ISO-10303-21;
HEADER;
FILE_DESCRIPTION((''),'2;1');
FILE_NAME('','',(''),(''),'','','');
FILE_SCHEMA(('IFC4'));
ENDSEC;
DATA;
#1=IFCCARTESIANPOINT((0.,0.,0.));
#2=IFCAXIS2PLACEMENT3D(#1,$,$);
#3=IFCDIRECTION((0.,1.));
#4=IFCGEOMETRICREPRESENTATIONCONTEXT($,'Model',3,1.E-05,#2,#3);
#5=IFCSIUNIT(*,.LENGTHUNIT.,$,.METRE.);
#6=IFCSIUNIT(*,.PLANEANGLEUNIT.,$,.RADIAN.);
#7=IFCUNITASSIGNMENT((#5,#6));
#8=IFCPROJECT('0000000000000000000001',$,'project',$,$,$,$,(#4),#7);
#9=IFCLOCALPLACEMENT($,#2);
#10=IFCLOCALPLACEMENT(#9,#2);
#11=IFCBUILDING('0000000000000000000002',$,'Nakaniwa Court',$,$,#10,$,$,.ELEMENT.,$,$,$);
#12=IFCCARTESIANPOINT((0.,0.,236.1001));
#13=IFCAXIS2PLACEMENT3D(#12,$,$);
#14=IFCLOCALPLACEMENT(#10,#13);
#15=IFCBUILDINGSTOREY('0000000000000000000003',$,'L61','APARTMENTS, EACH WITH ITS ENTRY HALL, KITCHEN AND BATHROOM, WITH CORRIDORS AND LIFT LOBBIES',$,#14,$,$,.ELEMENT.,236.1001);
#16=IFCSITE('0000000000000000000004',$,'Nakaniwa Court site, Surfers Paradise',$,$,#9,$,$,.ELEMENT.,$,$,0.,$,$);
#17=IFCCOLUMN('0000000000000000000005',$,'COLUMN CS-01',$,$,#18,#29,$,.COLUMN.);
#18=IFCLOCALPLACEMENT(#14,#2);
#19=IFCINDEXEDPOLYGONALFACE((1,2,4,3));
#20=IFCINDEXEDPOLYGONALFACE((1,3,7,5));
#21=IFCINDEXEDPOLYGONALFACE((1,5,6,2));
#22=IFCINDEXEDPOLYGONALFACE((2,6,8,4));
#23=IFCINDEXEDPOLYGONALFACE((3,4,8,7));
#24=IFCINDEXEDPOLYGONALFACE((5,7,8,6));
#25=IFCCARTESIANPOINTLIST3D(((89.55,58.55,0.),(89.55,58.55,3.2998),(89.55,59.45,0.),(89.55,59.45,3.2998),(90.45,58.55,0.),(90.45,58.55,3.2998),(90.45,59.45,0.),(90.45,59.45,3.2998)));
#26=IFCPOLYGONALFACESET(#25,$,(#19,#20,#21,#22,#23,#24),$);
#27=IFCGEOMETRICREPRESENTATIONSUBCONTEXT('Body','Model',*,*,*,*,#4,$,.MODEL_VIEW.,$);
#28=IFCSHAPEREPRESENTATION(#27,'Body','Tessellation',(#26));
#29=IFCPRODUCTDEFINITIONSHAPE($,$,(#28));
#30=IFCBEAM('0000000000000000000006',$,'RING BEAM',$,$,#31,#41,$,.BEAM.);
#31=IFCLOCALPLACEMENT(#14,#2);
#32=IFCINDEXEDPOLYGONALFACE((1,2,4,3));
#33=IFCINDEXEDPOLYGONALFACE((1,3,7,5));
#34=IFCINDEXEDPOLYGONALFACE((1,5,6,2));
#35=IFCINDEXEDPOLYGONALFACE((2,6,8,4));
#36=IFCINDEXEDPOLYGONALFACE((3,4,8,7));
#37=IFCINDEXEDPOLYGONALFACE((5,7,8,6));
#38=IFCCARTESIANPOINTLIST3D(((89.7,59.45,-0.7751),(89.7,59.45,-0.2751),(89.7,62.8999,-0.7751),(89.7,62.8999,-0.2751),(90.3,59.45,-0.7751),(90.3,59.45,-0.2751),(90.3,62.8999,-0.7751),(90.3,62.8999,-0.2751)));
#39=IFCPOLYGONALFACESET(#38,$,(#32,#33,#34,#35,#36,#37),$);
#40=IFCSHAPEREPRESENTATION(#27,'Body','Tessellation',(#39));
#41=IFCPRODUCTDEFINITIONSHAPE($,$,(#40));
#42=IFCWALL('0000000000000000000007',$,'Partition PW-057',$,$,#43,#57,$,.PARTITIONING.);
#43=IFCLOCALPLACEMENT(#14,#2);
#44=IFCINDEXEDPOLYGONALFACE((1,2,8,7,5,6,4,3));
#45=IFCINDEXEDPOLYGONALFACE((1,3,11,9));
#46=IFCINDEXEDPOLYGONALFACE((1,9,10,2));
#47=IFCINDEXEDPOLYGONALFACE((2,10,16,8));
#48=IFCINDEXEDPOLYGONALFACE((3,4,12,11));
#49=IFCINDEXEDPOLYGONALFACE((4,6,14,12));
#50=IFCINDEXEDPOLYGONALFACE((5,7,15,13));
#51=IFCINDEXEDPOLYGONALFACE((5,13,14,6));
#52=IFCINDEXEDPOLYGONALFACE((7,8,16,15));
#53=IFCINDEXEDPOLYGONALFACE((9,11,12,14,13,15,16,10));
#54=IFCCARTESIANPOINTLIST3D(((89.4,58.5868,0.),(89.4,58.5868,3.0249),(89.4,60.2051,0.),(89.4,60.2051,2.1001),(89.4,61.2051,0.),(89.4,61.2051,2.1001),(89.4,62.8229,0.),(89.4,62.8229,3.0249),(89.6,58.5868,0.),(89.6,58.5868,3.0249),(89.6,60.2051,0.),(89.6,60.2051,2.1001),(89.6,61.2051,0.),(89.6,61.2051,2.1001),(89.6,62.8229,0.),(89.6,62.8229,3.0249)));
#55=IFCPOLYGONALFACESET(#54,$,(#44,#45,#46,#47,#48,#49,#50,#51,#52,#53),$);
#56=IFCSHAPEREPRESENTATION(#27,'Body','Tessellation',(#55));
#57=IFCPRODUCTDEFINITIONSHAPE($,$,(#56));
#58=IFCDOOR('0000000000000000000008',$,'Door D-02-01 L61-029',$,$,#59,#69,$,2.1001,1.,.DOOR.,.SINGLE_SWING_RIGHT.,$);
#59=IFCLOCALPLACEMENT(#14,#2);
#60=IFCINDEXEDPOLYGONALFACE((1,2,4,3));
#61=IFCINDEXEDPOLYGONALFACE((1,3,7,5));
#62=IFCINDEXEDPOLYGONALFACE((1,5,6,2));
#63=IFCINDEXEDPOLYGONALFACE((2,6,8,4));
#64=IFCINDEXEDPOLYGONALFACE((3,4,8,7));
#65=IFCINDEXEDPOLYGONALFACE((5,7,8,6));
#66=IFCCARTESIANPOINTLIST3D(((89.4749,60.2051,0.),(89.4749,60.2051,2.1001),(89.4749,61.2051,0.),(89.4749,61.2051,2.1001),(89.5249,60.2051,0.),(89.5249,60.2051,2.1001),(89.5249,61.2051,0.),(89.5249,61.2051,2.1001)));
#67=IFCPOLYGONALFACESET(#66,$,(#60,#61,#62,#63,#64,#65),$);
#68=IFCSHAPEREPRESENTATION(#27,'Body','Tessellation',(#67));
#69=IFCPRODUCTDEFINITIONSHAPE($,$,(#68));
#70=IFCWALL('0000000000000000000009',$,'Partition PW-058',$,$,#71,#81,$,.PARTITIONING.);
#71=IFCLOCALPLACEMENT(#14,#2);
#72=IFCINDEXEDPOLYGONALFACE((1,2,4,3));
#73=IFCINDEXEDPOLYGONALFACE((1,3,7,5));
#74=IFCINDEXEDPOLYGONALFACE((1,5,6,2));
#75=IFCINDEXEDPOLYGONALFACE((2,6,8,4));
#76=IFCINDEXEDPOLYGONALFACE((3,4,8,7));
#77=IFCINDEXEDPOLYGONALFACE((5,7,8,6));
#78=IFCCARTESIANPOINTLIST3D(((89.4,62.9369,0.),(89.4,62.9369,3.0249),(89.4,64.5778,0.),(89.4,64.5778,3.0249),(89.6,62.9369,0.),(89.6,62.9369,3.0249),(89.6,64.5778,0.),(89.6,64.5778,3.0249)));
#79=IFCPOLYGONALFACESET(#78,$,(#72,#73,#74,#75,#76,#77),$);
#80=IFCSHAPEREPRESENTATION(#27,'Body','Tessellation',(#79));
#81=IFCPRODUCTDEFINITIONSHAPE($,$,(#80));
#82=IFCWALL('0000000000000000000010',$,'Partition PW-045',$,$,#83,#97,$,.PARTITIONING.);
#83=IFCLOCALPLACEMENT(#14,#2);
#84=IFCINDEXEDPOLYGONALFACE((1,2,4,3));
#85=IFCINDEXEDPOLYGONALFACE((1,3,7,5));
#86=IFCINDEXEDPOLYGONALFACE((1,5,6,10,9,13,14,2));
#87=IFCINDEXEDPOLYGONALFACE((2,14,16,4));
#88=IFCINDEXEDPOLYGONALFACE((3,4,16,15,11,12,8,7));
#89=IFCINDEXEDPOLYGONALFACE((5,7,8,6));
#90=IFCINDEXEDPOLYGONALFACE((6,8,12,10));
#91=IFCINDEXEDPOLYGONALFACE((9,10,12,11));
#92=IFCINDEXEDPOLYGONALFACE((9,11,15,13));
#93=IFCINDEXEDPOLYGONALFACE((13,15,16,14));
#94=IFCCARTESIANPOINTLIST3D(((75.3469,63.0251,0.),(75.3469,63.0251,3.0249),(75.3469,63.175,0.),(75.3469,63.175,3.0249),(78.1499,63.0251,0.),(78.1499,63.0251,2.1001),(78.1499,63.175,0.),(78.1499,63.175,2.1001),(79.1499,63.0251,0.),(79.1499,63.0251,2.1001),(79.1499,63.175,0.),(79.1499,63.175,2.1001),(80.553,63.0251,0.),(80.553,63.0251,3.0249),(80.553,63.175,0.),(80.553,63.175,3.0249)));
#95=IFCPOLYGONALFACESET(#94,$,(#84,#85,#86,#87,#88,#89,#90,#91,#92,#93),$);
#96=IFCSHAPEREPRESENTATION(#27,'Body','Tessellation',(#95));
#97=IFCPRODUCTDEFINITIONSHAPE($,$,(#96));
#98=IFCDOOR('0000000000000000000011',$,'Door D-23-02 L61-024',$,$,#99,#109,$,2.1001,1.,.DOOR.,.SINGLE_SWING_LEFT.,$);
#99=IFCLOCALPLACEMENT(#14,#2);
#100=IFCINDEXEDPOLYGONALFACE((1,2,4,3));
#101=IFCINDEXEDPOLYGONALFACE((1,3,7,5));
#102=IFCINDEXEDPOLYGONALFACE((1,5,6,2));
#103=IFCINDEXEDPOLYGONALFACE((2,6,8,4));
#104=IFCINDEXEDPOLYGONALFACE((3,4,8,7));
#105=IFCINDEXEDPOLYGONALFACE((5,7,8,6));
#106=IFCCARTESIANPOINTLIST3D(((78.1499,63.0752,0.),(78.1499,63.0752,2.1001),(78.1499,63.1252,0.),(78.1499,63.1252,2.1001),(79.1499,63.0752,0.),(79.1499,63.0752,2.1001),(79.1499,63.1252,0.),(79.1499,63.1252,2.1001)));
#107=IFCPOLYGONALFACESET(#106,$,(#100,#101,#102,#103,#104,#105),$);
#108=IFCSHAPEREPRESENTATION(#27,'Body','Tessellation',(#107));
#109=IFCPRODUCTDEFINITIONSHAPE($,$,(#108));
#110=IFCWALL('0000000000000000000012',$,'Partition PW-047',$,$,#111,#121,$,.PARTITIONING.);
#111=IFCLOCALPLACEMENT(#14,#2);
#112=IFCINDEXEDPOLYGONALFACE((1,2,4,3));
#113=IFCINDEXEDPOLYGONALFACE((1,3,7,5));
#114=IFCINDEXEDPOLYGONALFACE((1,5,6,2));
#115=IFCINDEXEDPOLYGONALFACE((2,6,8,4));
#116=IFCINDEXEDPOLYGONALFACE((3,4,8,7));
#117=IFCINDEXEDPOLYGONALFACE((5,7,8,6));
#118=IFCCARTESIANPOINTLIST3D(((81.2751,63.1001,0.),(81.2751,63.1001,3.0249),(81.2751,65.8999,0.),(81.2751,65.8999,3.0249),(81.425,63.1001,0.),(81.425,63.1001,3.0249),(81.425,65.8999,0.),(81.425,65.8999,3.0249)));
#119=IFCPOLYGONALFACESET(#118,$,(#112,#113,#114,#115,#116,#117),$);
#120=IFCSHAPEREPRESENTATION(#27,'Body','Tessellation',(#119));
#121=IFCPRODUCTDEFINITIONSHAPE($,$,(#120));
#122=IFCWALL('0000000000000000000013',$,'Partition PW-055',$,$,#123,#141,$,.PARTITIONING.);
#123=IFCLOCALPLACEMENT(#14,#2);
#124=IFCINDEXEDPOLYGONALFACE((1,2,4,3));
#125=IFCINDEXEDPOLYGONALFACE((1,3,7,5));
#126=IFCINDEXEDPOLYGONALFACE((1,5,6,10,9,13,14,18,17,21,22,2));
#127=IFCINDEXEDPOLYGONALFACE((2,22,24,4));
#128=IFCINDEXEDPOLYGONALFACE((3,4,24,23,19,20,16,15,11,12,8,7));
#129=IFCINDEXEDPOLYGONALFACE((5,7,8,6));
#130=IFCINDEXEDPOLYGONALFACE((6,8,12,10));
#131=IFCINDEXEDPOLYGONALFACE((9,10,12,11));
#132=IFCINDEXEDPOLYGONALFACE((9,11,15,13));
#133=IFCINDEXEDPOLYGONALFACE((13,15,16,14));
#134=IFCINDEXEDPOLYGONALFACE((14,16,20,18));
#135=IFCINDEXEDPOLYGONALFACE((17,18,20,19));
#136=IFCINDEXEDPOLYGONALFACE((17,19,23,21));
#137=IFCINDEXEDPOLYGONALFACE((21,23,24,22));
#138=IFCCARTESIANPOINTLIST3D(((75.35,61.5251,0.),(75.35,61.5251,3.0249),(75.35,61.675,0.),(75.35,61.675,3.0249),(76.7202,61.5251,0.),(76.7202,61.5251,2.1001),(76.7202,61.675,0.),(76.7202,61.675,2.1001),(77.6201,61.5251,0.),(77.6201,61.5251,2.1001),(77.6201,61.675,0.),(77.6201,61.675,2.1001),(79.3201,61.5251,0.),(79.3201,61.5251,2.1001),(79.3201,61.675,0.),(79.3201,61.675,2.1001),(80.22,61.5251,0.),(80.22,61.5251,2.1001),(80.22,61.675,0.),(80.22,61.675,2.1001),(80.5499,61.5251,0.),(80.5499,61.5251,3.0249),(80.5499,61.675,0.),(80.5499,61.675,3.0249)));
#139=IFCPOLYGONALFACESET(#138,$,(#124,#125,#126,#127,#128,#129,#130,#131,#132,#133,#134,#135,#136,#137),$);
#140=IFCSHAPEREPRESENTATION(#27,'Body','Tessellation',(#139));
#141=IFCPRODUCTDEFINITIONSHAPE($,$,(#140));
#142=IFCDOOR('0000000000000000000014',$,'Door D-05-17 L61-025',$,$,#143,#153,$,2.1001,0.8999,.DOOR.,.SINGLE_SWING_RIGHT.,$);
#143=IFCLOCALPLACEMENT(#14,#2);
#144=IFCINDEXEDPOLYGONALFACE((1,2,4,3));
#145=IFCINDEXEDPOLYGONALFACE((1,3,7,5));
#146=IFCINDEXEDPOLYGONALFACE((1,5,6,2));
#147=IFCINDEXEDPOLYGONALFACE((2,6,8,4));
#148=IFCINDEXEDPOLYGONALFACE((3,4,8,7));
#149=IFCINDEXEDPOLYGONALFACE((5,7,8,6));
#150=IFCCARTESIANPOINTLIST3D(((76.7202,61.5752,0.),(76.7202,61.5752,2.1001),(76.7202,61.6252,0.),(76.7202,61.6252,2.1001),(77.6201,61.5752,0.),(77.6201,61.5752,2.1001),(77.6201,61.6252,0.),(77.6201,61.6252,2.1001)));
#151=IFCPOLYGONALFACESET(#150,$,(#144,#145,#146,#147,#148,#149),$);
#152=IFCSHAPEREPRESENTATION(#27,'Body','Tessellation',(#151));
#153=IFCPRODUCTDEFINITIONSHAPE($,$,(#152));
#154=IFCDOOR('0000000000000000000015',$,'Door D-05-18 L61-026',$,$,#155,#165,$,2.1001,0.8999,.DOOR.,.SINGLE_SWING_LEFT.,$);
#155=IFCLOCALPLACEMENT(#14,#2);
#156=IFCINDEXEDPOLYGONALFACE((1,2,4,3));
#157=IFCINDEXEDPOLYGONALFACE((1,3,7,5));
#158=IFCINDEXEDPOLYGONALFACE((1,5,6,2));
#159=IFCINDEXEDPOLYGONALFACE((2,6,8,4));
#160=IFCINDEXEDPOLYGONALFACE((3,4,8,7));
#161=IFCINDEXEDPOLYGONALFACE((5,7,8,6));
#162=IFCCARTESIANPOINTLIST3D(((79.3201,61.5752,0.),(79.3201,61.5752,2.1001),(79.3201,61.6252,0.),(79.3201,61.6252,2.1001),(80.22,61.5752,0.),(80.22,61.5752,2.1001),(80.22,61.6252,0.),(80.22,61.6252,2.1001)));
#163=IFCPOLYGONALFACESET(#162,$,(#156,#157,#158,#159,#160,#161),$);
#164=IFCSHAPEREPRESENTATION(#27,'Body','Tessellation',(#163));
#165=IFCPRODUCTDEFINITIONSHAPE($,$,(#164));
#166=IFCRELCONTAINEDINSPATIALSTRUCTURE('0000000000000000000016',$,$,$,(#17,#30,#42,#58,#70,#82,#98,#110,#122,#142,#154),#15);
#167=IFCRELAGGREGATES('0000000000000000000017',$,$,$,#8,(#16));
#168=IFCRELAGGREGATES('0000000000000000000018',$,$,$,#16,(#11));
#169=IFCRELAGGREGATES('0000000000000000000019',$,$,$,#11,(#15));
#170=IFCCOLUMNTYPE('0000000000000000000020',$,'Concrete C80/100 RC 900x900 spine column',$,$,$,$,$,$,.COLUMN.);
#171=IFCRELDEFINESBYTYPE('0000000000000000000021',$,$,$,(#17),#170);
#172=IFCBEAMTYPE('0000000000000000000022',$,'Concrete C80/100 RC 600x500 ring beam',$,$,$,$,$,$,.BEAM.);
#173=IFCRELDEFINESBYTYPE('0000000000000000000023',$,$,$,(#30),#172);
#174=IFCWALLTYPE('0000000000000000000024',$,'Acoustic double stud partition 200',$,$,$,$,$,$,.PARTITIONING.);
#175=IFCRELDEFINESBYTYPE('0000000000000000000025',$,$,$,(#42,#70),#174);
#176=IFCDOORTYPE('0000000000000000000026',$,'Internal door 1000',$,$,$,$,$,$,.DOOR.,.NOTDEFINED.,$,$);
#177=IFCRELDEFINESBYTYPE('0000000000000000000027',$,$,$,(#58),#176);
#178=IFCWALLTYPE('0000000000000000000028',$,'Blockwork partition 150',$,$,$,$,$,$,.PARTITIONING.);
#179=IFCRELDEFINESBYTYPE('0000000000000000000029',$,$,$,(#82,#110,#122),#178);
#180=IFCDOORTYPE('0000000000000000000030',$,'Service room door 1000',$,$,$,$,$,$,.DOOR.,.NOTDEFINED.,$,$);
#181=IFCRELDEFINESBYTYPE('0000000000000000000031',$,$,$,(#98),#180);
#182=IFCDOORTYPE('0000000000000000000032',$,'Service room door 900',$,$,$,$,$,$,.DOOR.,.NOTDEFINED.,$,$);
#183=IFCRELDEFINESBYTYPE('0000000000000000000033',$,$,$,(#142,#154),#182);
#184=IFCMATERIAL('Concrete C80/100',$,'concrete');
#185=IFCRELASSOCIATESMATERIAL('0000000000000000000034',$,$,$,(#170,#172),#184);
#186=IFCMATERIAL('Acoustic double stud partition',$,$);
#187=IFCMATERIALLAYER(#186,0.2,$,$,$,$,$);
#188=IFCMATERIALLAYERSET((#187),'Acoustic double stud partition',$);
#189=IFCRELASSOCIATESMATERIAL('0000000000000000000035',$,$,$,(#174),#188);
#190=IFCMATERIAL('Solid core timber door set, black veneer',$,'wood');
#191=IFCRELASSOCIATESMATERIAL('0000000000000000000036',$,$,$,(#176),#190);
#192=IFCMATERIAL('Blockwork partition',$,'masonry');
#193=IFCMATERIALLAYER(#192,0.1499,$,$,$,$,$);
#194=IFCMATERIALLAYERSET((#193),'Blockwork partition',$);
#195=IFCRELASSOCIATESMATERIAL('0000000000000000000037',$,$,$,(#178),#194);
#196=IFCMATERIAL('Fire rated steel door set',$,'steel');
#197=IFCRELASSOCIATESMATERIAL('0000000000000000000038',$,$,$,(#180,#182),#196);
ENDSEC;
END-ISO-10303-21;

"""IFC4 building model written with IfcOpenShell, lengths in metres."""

from ifc_helpers import new_model, si_unit, direction, frame, frame_2d, origin, origin_2d, place, context, subcontext, project, spatial, rectangle, extrude, material, layer, layer_set, material_profile, profile_set, type_object, element, fill, save


model = new_model("IFC4")

# Units and contexts
model_context = context("Model", 3, precision=1e-05, world=origin(), true_north=direction((0.0, 1.0)))
body_context = subcontext(model_context, "Body", "Model", "MODEL_VIEW")
ifc_project = project(units=[si_unit("LENGTHUNIT", "METRE"), si_unit("PLANEANGLEUNIT", "RADIAN")], contexts=[model_context])

# Site, building, storey
site_placement = place(None, origin())
site = spatial("IfcSite", under=ifc_project, at=site_placement, Name="Nakaniwa Court site, Surfers Paradise", CompositionType="ELEMENT", RefElevation=0.0)
building_placement = place(site_placement, origin())
building = spatial("IfcBuilding", under=site, at=building_placement, Name="Nakaniwa Court", CompositionType="ELEMENT")
storey_placement = place(building_placement, frame((0.0, 0.0, 236.1001)))
storey = spatial("IfcBuildingStorey", under=building, at=storey_placement, Name="L61", Description="APARTMENTS, EACH WITH ITS ENTRY HALL, KITCHEN AND BATHROOM, WITH CORRIDORS AND LIFT LOBBIES", CompositionType="ELEMENT", Elevation=236.1001)

# Column
ifc_material_1 = material(Name="Concrete C80/100", Category="concrete")
ifc_material_profile_1 = material_profile(ifc_material_1, rectangle(XDim=0.8999, YDim=0.8999, at=origin_2d()), Name="Concrete C80/100 RC 900x900 spine column")
ifc_profile_set_1 = profile_set([ifc_material_profile_1], Name="Concrete C80/100")
column_type = type_object("IfcColumnType", Name="Concrete C80/100 RC 900x900 spine column", PredefinedType="COLUMN", material=ifc_profile_set_1)
column_placement = place(storey_placement, frame((90.0, 59.0, 0.0), z_axis=(0.0, 0.0, 1.0), x_axis=(0.0, 1.0, 0.0)))
element("IfcColumn", 1, at=column_placement, inside=storey, type_object=column_type, Name="COLUMN CS-01", PredefinedType="COLUMN", context=body_context, shape_type="SweptSolid", body=[
    extrude(rectangle(XDim=0.8999, YDim=0.8999, at=origin_2d()), origin(), (0.0, 0.0, 1.0), 3.2998),
])

# Beam
ifc_material_profile_2 = material_profile(ifc_material_1, rectangle(XDim=0.6001, YDim=0.5, at=origin_2d()), Name="Concrete C80/100 RC 600x500 ring beam")
ifc_profile_set_2 = profile_set([ifc_material_profile_2], Name="Concrete C80/100")
beam_type = type_object("IfcBeamType", Name="Concrete C80/100 RC 600x500 ring beam", PredefinedType="BEAM", material=ifc_profile_set_2)
beam_placement = place(storey_placement, frame((90.0, 59.45, -0.5251), z_axis=(0.0, 1.0, 0.0), x_axis=(-1.0, 0.0, 0.0)))
element("IfcBeam", 2, at=beam_placement, inside=storey, type_object=beam_type, Name="RING BEAM", PredefinedType="BEAM", context=body_context, shape_type="SweptSolid", body=[
    extrude(rectangle(XDim=0.6001, YDim=0.5, at=origin_2d()), origin(), (0.0, 0.0, 1.0), 3.45),
])

# Wall, opening, door
ifc_material_2 = material(Name="Acoustic double stud partition")
ifc_layer_1 = layer(ifc_material_2, 0.2)
ifc_layer_set_1 = layer_set([ifc_layer_1], Name="Acoustic double stud partition")
wall_type_1 = type_object("IfcWallType", Name="Acoustic double stud partition 200", PredefinedType="PARTITIONING", material=ifc_layer_set_1)
wall_1_placement = place(storey_placement, frame((89.5, 62.823, 0.0), z_axis=(0.0, 0.0, 1.0), x_axis=(0.0, -1.0, 0.0)))
wall_1 = element("IfcWall", 3, at=wall_1_placement, inside=storey, type_object=wall_type_1, Name="Partition PW-057", PredefinedType="PARTITIONING", context=body_context, shape_type="SweptSolid", body=[
    extrude(rectangle(XDim=4.2361, YDim=0.2, at=frame_2d((2.1182, 0.0))), origin(), (0.0, 0.0, 1.0), 3.0249),
])
opening_1_placement = place(wall_1_placement, frame((1.6179, 0.0, 0.0)))
opening_1 = element("IfcOpeningElement", 4, at=opening_1_placement, cuts=wall_1, PredefinedType="OPENING", context=body_context, shape_type="SweptSolid", body=[
    extrude(rectangle(XDim=1.0, YDim=2.1001, at=frame_2d((0.5, 1.05))), frame((0.0, 0.1099, 0.0), z_axis=(0.0, -1.0, 0.0), x_axis=(1.0, 0.0, 0.0)), (0.0, 0.0, 1.0), 0.22),
])
ifc_material_3 = material(Name="Solid core timber door set, black veneer", Category="wood")
door_type_1 = type_object("IfcDoorType", Name="Internal door 1000", OperationType="NOTDEFINED", PredefinedType="DOOR", material=ifc_material_3)
door_1_placement = place(opening_1_placement, origin())
door_1 = element("IfcDoor", 5, at=door_1_placement, inside=storey, type_object=door_type_1, Name="Door D-02-01 L61-029", OperationType="SINGLE_SWING_RIGHT", OverallHeight=2.1001, OverallWidth=1.0, PredefinedType="DOOR", context=body_context, shape_type="SweptSolid", body=[
    extrude(rectangle(XDim=1.0, YDim=2.1001, at=frame_2d((0.5, 1.05))), frame((0.0, 0.0249, 0.0), z_axis=(0.0, -1.0, 0.0), x_axis=(1.0, 0.0, 0.0)), (0.0, 0.0, 1.0), 0.05),
])
fill(opening_1, door_1)

# Wall
wall_2_placement = place(storey_placement, frame((89.5, 62.937, 0.0), z_axis=(0.0, 0.0, 1.0), x_axis=(0.0, 1.0, 0.0)))
element("IfcWall", 6, at=wall_2_placement, inside=storey, type_object=wall_type_1, Name="Partition PW-058", PredefinedType="PARTITIONING", context=body_context, shape_type="SweptSolid", body=[
    extrude(rectangle(XDim=1.6409, YDim=0.2, at=frame_2d((0.8203, 0.0))), origin(), (0.0, 0.0, 1.0), 3.0249),
])

# Wall, opening, door
ifc_material_4 = material(Name="Blockwork partition", Category="masonry")
ifc_layer_2 = layer(ifc_material_4, 0.1499)
ifc_layer_set_2 = layer_set([ifc_layer_2], Name="Blockwork partition")
wall_type_2 = type_object("IfcWallType", Name="Blockwork partition 150", PredefinedType="PARTITIONING", material=ifc_layer_set_2)
wall_3_placement = place(storey_placement, frame((80.553, 63.1001, 0.0), z_axis=(0.0, 0.0, 1.0), x_axis=(-1.0, 0.0, 0.0)))
wall_3 = element("IfcWall", 7, at=wall_3_placement, inside=storey, type_object=wall_type_2, Name="Partition PW-045", PredefinedType="PARTITIONING", context=body_context, shape_type="SweptSolid", body=[
    extrude(rectangle(XDim=5.2061, YDim=0.1499, at=frame_2d((2.603, 0.0))), origin(), (0.0, 0.0, 1.0), 3.0249),
])
opening_2_placement = place(wall_3_placement, frame((1.4031, 0.0, 0.0)))
opening_2 = element("IfcOpeningElement", 8, at=opening_2_placement, cuts=wall_3, PredefinedType="OPENING", context=body_context, shape_type="SweptSolid", body=[
    extrude(rectangle(XDim=1.0, YDim=2.1001, at=frame_2d((0.5, 1.05))), frame((0.0, 0.085, 0.0), z_axis=(0.0, -1.0, 0.0), x_axis=(1.0, 0.0, 0.0)), (0.0, 0.0, 1.0), 0.1699),
])
ifc_material_5 = material(Name="Fire rated steel door set", Category="steel")
door_type_2 = type_object("IfcDoorType", Name="Service room door 1000", OperationType="NOTDEFINED", PredefinedType="DOOR", material=ifc_material_5)
door_2_placement = place(opening_2_placement, origin())
door_2 = element("IfcDoor", 9, at=door_2_placement, inside=storey, type_object=door_type_2, Name="Door D-23-02 L61-024", OperationType="SINGLE_SWING_LEFT", OverallHeight=2.1001, OverallWidth=1.0, PredefinedType="DOOR", context=body_context, shape_type="SweptSolid", body=[
    extrude(rectangle(XDim=1.0, YDim=2.1001, at=frame_2d((0.5, 1.05))), frame((0.0, 0.0249, 0.0), z_axis=(0.0, -1.0, 0.0), x_axis=(1.0, 0.0, 0.0)), (0.0, 0.0, 1.0), 0.05),
])
fill(opening_2, door_2)

# Wall
wall_4_placement = place(storey_placement, frame((81.3501, 63.1001, 0.0), z_axis=(0.0, 0.0, 1.0), x_axis=(0.0, 1.0, 0.0)))
element("IfcWall", 10, at=wall_4_placement, inside=storey, type_object=wall_type_2, Name="Partition PW-047", PredefinedType="PARTITIONING", context=body_context, shape_type="SweptSolid", body=[
    extrude(rectangle(XDim=2.7998, YDim=0.1499, at=frame_2d((1.3999, 0.0))), origin(), (0.0, 0.0, 1.0), 3.0249),
])

# Wall, openings, doors
wall_5_placement = place(storey_placement, frame((80.55, 61.6001, 0.0), z_axis=(0.0, 0.0, 1.0), x_axis=(-1.0, 0.0, 0.0)))
wall_5 = element("IfcWall", 11, at=wall_5_placement, inside=storey, type_object=wall_type_2, Name="Partition PW-055", PredefinedType="PARTITIONING", context=body_context, shape_type="SweptSolid", body=[
    extrude(rectangle(XDim=5.2, YDim=0.1499, at=frame_2d((2.6001, 0.0))), origin(), (0.0, 0.0, 1.0), 3.0249),
])
opening_3_placement = place(wall_5_placement, frame((2.9299, 0.0, 0.0)))
opening_3 = element("IfcOpeningElement", 12, at=opening_3_placement, cuts=wall_5, PredefinedType="OPENING", context=body_context, shape_type="SweptSolid", body=[
    extrude(rectangle(XDim=0.8999, YDim=2.1001, at=frame_2d((0.45, 1.05))), frame((0.0, 0.085, 0.0), z_axis=(0.0, -1.0, 0.0), x_axis=(1.0, 0.0, 0.0)), (0.0, 0.0, 1.0), 0.1699),
])
opening_4_placement = place(wall_5_placement, frame((0.3301, 0.0, 0.0)))
opening_4 = element("IfcOpeningElement", 13, at=opening_4_placement, cuts=wall_5, PredefinedType="OPENING", context=body_context, shape_type="SweptSolid", body=[
    extrude(rectangle(XDim=0.8999, YDim=2.1001, at=frame_2d((0.45, 1.05))), frame((0.0, 0.085, 0.0), z_axis=(0.0, -1.0, 0.0), x_axis=(1.0, 0.0, 0.0)), (0.0, 0.0, 1.0), 0.1699),
])
door_type_3 = type_object("IfcDoorType", Name="Service room door 900", OperationType="NOTDEFINED", PredefinedType="DOOR", material=ifc_material_5)
door_3_placement = place(opening_3_placement, origin())
door_3 = element("IfcDoor", 14, at=door_3_placement, inside=storey, type_object=door_type_3, Name="Door D-05-17 L61-025", OperationType="SINGLE_SWING_RIGHT", OverallHeight=2.1001, OverallWidth=0.8999, PredefinedType="DOOR", context=body_context, shape_type="SweptSolid", body=[
    extrude(rectangle(XDim=0.8999, YDim=2.1001, at=frame_2d((0.45, 1.05))), frame((0.0, 0.0249, 0.0), z_axis=(0.0, -1.0, 0.0), x_axis=(1.0, 0.0, 0.0)), (0.0, 0.0, 1.0), 0.05),
])
fill(opening_3, door_3)
door_4_placement = place(opening_4_placement, origin())
door_4 = element("IfcDoor", 15, at=door_4_placement, inside=storey, type_object=door_type_3, Name="Door D-05-18 L61-026", OperationType="SINGLE_SWING_LEFT", OverallHeight=2.1001, OverallWidth=0.8999, PredefinedType="DOOR", context=body_context, shape_type="SweptSolid", body=[
    extrude(rectangle(XDim=0.8999, YDim=2.1001, at=frame_2d((0.45, 1.05))), frame((0.0, 0.0249, 0.0), z_axis=(0.0, -1.0, 0.0), x_axis=(1.0, 0.0, 0.0)), (0.0, 0.0, 1.0), 0.05),
])
fill(opening_4, door_4)

save(model, "model.ifc")
